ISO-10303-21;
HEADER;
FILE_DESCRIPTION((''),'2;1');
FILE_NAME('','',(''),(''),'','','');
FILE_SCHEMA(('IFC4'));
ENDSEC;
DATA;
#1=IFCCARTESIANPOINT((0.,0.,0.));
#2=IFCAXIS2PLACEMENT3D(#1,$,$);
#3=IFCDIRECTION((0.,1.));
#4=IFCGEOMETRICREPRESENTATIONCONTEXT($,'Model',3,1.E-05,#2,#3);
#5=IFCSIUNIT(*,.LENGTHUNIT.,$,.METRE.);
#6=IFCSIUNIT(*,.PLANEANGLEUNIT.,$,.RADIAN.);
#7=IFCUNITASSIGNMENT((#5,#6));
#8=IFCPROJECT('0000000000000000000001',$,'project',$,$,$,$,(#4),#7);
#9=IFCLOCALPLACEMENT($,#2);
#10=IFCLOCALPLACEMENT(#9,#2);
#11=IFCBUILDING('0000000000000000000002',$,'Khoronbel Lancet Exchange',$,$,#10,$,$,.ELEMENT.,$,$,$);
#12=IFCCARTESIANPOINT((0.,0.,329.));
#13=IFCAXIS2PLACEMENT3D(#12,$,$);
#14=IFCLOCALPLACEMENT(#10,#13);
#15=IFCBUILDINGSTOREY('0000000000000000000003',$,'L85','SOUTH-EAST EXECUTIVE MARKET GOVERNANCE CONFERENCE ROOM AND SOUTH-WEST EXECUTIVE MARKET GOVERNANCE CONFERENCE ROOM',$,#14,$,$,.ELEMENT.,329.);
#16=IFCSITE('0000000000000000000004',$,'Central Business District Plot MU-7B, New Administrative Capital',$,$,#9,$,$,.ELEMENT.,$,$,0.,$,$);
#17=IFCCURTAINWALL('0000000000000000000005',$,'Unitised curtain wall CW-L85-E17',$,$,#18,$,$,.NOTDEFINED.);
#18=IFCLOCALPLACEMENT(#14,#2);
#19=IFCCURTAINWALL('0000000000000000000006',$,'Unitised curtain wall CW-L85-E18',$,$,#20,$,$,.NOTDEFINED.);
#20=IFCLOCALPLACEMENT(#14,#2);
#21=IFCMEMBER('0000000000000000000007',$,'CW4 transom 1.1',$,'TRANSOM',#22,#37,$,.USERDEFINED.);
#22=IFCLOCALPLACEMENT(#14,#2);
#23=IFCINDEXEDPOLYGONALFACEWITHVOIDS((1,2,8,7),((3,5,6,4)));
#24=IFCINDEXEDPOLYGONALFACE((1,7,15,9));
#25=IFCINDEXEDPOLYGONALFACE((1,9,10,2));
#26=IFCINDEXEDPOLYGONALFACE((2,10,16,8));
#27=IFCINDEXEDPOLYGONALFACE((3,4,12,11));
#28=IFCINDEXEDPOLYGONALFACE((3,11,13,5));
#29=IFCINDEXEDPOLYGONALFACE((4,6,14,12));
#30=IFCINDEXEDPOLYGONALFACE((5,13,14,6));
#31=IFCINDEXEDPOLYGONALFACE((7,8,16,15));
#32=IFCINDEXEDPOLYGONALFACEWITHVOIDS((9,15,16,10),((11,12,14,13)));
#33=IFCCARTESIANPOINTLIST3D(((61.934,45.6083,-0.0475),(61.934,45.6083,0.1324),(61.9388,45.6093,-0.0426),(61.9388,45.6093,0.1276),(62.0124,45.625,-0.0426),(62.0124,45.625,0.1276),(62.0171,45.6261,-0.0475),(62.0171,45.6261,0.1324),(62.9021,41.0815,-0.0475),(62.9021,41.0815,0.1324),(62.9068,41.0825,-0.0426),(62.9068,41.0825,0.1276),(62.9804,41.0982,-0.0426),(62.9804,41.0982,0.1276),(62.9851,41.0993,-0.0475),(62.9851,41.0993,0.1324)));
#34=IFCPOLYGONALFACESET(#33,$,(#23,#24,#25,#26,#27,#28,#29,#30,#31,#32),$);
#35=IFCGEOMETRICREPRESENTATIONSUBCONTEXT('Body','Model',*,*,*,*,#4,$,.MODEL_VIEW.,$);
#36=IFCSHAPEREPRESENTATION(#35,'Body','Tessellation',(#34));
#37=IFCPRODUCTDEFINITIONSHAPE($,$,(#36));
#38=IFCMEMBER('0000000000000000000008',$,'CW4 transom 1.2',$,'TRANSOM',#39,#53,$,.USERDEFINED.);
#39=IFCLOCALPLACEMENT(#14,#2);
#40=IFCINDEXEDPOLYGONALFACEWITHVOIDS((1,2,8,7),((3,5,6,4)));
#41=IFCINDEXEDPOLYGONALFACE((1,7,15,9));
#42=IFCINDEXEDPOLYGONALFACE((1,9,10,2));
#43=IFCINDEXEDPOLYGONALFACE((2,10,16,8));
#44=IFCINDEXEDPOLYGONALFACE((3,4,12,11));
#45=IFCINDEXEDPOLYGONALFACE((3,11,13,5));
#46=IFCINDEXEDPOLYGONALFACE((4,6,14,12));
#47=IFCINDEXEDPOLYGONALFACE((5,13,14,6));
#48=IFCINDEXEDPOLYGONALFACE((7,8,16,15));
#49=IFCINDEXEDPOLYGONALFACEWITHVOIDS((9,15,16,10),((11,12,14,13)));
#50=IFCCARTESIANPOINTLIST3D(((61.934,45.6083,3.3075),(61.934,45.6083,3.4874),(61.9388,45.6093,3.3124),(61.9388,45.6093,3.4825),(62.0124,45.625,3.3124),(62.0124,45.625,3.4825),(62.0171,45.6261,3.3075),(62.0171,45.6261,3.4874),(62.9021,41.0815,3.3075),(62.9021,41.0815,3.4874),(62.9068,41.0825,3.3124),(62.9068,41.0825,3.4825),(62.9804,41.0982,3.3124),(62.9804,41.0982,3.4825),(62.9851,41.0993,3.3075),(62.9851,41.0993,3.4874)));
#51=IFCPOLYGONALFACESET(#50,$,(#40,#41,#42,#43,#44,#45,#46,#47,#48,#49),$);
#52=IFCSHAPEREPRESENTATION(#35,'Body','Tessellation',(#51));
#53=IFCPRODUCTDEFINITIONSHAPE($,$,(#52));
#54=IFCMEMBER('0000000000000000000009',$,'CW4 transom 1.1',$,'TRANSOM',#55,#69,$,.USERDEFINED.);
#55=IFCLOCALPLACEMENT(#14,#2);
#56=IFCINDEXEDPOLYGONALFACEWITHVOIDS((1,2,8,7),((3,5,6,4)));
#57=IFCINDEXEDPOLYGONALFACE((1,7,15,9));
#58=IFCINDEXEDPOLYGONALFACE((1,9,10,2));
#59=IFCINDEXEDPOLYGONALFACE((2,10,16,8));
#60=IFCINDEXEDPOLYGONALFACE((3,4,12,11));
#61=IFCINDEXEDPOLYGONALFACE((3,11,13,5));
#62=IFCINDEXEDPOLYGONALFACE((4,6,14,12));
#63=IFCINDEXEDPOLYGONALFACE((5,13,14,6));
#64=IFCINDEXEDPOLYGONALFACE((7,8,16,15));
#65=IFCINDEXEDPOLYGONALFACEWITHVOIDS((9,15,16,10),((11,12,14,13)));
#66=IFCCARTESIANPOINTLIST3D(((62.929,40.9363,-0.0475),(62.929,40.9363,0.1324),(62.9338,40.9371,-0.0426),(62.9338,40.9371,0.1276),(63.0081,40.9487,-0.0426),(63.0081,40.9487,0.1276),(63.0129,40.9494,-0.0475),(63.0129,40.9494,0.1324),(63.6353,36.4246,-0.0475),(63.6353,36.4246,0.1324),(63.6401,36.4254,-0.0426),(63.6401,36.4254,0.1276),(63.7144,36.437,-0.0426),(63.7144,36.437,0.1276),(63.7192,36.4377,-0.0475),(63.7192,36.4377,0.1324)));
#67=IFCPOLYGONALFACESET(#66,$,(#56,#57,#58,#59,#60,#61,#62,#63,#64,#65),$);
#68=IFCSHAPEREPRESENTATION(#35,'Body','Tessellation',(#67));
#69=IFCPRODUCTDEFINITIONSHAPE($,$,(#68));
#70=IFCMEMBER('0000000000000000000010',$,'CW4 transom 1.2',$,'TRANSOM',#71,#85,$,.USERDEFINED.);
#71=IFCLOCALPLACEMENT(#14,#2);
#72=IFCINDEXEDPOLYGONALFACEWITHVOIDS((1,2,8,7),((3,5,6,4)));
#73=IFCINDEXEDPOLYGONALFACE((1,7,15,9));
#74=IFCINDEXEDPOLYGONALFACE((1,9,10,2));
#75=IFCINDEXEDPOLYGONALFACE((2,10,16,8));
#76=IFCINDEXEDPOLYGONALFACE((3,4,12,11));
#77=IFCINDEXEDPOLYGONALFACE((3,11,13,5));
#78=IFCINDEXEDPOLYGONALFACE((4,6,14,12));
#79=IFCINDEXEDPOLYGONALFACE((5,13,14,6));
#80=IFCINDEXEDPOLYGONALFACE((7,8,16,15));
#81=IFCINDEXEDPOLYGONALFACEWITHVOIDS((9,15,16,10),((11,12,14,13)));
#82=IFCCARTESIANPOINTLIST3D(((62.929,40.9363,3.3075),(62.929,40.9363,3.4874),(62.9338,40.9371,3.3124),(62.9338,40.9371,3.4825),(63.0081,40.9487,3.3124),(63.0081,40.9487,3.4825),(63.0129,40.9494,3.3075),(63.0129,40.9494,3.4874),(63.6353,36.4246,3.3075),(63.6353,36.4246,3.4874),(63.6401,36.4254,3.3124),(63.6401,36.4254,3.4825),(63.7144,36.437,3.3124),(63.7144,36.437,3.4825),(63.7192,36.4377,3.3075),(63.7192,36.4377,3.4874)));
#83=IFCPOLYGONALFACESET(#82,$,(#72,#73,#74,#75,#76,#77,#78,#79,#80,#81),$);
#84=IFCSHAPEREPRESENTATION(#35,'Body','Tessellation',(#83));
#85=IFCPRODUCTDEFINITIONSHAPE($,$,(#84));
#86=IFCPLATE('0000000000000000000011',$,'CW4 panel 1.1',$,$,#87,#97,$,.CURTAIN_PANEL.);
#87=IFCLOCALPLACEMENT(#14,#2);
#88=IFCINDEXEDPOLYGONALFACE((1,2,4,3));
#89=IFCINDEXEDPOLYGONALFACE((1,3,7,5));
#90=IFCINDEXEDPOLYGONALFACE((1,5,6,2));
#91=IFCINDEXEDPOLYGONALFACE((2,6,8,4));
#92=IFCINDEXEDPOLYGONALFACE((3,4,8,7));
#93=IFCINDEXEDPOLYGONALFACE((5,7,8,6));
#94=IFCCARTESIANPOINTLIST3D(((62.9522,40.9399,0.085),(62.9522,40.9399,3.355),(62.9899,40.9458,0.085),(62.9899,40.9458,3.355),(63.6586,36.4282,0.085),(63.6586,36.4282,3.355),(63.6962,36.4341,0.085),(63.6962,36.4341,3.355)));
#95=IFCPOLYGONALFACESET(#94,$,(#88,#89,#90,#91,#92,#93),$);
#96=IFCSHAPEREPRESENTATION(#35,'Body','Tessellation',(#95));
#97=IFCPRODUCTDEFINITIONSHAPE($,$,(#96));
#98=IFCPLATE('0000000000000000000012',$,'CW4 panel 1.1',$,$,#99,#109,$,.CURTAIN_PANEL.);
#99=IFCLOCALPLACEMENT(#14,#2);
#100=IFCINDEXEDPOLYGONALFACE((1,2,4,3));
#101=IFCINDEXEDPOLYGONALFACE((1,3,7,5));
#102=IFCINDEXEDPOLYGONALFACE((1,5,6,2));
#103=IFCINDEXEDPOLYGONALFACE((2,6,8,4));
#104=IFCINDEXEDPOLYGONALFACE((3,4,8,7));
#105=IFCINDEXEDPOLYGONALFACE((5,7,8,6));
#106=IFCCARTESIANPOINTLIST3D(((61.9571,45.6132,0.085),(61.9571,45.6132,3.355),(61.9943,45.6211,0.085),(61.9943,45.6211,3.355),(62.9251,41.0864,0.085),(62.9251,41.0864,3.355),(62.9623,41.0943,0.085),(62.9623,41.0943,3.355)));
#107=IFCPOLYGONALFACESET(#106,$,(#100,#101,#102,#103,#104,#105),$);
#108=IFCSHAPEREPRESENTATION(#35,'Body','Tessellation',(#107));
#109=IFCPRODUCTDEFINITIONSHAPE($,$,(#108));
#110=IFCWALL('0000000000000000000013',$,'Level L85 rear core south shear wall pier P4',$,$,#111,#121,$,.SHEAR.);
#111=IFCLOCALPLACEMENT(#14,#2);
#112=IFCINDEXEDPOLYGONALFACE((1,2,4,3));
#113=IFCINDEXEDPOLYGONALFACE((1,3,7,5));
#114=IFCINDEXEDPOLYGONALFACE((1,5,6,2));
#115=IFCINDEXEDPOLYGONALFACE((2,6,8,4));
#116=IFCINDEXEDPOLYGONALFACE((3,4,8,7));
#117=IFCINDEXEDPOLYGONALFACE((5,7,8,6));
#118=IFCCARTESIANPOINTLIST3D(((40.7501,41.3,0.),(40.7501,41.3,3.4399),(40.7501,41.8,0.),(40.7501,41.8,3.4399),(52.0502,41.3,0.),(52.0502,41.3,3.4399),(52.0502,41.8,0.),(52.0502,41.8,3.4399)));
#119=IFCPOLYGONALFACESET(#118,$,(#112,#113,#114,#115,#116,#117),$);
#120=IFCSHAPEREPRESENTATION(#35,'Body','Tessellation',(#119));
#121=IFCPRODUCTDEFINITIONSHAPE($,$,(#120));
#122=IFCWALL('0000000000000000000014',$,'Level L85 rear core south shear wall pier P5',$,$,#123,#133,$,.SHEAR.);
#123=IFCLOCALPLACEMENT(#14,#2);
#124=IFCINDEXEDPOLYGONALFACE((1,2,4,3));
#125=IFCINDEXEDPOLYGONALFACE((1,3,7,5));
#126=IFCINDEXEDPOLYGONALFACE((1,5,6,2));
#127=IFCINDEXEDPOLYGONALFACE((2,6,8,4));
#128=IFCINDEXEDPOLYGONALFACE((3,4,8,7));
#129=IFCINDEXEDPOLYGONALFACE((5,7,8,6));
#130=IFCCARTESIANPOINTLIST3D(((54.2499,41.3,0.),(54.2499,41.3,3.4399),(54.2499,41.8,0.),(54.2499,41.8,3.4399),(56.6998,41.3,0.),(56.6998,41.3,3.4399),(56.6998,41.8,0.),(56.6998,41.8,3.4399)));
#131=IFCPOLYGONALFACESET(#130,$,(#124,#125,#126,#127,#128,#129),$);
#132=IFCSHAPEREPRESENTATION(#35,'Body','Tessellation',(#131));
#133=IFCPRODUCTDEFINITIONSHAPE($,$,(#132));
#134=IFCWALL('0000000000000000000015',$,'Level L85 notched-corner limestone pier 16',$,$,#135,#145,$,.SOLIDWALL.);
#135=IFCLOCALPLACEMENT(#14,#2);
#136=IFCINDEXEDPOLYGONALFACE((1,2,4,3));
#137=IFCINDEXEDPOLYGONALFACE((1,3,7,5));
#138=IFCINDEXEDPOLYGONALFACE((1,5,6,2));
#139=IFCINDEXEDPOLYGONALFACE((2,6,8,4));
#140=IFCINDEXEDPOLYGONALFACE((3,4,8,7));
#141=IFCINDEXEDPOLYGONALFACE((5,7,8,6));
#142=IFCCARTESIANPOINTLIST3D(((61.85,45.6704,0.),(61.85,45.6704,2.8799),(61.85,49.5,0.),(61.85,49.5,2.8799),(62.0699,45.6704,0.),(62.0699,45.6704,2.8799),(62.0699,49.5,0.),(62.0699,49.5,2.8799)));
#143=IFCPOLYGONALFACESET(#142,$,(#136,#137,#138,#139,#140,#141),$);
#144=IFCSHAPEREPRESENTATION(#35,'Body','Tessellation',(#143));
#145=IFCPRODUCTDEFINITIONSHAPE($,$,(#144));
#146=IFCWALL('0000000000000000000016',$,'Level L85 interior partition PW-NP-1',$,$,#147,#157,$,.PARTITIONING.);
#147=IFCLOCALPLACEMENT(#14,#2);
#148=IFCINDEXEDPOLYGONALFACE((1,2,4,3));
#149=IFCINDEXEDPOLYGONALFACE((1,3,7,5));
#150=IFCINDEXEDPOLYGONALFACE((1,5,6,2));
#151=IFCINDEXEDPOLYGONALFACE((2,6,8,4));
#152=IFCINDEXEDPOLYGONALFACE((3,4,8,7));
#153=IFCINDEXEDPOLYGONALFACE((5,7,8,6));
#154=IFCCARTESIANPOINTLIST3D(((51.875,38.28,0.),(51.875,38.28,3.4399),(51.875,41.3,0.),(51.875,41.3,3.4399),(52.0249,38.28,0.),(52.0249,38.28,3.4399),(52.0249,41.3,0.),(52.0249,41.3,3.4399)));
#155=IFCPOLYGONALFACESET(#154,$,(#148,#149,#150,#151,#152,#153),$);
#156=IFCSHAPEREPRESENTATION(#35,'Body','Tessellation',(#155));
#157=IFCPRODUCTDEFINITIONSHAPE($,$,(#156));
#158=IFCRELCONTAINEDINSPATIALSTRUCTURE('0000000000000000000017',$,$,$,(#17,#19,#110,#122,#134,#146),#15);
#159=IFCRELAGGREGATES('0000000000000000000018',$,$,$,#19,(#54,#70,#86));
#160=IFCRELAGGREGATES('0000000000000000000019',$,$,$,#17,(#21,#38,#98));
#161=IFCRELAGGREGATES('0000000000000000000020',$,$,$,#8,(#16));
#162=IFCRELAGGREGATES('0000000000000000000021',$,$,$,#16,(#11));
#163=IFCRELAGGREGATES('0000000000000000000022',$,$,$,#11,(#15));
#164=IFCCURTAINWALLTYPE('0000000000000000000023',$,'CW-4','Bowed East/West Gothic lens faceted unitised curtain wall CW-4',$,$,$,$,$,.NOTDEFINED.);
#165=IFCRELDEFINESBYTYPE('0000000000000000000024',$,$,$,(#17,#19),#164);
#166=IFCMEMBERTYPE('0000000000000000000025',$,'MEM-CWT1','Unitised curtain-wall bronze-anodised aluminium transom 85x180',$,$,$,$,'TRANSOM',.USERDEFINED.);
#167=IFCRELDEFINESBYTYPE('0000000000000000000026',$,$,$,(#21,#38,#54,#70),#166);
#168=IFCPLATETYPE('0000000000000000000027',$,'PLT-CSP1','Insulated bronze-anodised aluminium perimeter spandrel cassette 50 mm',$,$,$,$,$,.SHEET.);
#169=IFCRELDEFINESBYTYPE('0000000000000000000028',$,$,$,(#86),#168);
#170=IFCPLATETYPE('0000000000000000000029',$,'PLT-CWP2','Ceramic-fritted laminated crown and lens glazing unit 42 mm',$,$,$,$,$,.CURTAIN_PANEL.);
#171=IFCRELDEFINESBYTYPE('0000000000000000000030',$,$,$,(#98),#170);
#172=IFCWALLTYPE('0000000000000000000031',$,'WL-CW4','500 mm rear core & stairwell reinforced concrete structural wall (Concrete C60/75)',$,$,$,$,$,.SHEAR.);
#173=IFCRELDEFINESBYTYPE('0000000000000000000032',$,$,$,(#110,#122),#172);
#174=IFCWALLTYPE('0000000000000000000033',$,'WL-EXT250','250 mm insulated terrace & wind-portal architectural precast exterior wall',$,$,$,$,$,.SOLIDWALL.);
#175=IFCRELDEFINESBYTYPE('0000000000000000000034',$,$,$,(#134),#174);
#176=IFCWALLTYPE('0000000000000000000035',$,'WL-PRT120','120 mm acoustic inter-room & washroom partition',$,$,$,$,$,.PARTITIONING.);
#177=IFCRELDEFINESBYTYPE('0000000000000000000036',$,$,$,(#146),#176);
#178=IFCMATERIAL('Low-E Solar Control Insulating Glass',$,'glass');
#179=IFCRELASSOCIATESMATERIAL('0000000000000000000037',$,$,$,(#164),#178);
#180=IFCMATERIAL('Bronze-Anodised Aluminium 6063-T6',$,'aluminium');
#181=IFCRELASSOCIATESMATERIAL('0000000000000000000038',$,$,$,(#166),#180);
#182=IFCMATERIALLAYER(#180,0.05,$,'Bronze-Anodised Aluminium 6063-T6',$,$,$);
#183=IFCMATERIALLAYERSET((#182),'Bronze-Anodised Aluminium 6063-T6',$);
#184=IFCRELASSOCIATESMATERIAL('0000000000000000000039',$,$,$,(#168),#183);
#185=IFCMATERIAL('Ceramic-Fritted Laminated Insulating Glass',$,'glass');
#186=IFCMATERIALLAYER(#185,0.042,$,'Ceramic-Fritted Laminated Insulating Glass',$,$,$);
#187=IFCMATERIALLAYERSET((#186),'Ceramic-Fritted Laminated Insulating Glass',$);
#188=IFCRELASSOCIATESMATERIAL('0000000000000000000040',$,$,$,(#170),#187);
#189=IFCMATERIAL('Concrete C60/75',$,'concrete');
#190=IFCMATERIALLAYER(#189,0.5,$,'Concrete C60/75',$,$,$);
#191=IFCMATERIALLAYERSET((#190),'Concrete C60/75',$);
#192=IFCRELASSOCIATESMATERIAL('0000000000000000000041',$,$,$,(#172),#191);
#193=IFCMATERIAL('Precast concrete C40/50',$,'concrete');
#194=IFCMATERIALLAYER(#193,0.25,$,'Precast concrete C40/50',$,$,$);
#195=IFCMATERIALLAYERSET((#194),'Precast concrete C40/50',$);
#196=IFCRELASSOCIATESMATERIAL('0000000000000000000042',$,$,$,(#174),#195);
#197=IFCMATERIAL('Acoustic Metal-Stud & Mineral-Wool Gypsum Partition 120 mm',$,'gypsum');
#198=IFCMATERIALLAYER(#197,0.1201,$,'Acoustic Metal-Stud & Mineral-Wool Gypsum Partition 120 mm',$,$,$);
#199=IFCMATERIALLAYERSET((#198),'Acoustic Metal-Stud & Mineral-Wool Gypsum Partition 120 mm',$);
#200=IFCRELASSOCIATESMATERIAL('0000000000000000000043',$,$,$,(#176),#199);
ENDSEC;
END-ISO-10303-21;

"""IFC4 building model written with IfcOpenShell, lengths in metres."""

from ifc_helpers import new_model, si_unit, direction, frame, frame_2d, origin, origin_2d, place, context, subcontext, project, spatial, rectangle, hollow_rectangle, extrude, material, layer, layer_set, material_profile, profile_set, type_object, element, aggregate, save


model = new_model("IFC4")

# Units and contexts
model_context = context("Model", 3, precision=1e-05, world=origin(), true_north=direction((0.0, 1.0)))
body_context = subcontext(model_context, "Body", "Model", "MODEL_VIEW")
ifc_project = project(units=[si_unit("LENGTHUNIT", "METRE"), si_unit("PLANEANGLEUNIT", "RADIAN")], contexts=[model_context])

# Site, building, storey
site_placement = place(None, origin())
site = spatial("IfcSite", under=ifc_project, at=site_placement, Name="Central Business District Plot MU-7B, New Administrative Capital", CompositionType="ELEMENT", RefElevation=0.0)
building_placement = place(site_placement, origin())
building = spatial("IfcBuilding", under=site, at=building_placement, Name="Khoronbel Lancet Exchange", CompositionType="ELEMENT")
storey_placement = place(building_placement, frame((0.0, 0.0, 329.0)))
storey = spatial("IfcBuildingStorey", under=building, at=storey_placement, Name="L85", Description="SOUTH-EAST EXECUTIVE MARKET GOVERNANCE CONFERENCE ROOM AND SOUTH-WEST EXECUTIVE MARKET GOVERNANCE CONFERENCE ROOM", CompositionType="ELEMENT", Elevation=329.0)

# Shared definitions
ifc_material_1 = material(Name="Concrete C60/75", Category="concrete")

# Curtain wall
ifc_material_2 = material(Name="Low-E Solar Control Insulating Glass", Category="glass")
curtain_wall_type = type_object("IfcCurtainWallType", Name="CW-4", Description="Bowed East/West Gothic lens faceted unitised curtain wall CW-4", PredefinedType="NOTDEFINED", material=ifc_material_2)
curtain_wall_1_placement = place(storey_placement, origin())
curtain_wall_1 = element("IfcCurtainWall", 1, at=curtain_wall_1_placement, inside=storey, type_object=curtain_wall_type, Name="Unitised curtain wall CW-L85-E17", PredefinedType="NOTDEFINED")
ifc_material_3 = material(Name="Bronze-Anodised Aluminium 6063-T6", Category="aluminium")

# Curtain wall
curtain_wall_2_placement = place(storey_placement, origin())
curtain_wall_2 = element("IfcCurtainWall", 2, at=curtain_wall_2_placement, inside=storey, type_object=curtain_wall_type, Name="Unitised curtain wall CW-L85-E18", PredefinedType="NOTDEFINED")

# Members
ifc_material_profile_1 = material_profile(ifc_material_3, hollow_rectangle(XDim=0.085, YDim=0.1799, WallThickness=0.0049, at=origin_2d()), Name="ALU TRANSOM 85x180")
ifc_profile_set_1 = profile_set([ifc_material_profile_1], Name="Bronze-Anodised Aluminium 6063-T6")
member_type_1 = type_object("IfcMemberType", Name="MEM-CWT1", Description="Unitised curtain-wall bronze-anodised aluminium transom 85x180", ElementType="TRANSOM", PredefinedType="USERDEFINED", material=ifc_profile_set_1)
member_1_placement = place(storey_placement, frame((61.9756, 45.6172, 0.0425), z_axis=(0.209111, -0.977892, 0.0), x_axis=(0.977892, 0.209111, 0.0)))
member_1 = element("IfcMember", 3, at=member_1_placement, type_object=member_type_1, Name="CW4 transom 1.1", ObjectType="TRANSOM", PredefinedType="USERDEFINED", context=body_context, shape_type="SweptSolid", body=[
    extrude(hollow_rectangle(XDim=0.085, YDim=0.1799, WallThickness=0.0049, at=origin_2d()), origin(), (0.0, 0.0, 1.0), 4.6292),
])
member_2_placement = place(storey_placement, frame((61.9756, 45.6172, 3.3975), z_axis=(0.209111, -0.977892, 0.0), x_axis=(0.977892, 0.209111, 0.0)))
member_2 = element("IfcMember", 4, at=member_2_placement, type_object=member_type_1, Name="CW4 transom 1.2", ObjectType="TRANSOM", PredefinedType="USERDEFINED", context=body_context, shape_type="SweptSolid", body=[
    extrude(hollow_rectangle(XDim=0.085, YDim=0.1799, WallThickness=0.0049, at=origin_2d()), origin(), (0.0, 0.0, 1.0), 4.6292),
])
member_3_placement = place(storey_placement, frame((62.9709, 40.9429, 0.0425), z_axis=(0.154664, -0.987967, 0.0), x_axis=(0.987967, 0.154664, 0.0)))
member_3 = element("IfcMember", 5, at=member_3_placement, type_object=member_type_1, Name="CW4 transom 1.1", ObjectType="TRANSOM", PredefinedType="USERDEFINED", context=body_context, shape_type="SweptSolid", body=[
    extrude(hollow_rectangle(XDim=0.085, YDim=0.1799, WallThickness=0.0049, at=origin_2d()), origin(), (0.0, 0.0, 1.0), 4.5667),
])
member_4_placement = place(storey_placement, frame((62.9709, 40.9429, 3.3975), z_axis=(0.154664, -0.987967, 0.0), x_axis=(0.987967, 0.154664, 0.0)))
member_4 = element("IfcMember", 6, at=member_4_placement, type_object=member_type_1, Name="CW4 transom 1.2", ObjectType="TRANSOM", PredefinedType="USERDEFINED", context=body_context, shape_type="SweptSolid", body=[
    extrude(hollow_rectangle(XDim=0.085, YDim=0.1799, WallThickness=0.0049, at=origin_2d()), origin(), (0.0, 0.0, 1.0), 4.5667),
])

# Plates
ifc_layer_1 = layer(ifc_material_3, 0.05, Name="Bronze-Anodised Aluminium 6063-T6")
ifc_layer_set_1 = layer_set([ifc_layer_1], Name="Bronze-Anodised Aluminium 6063-T6")
plate_type_1 = type_object("IfcPlateType", Name="PLT-CSP1", Description="Insulated bronze-anodised aluminium perimeter spandrel cassette 50 mm", PredefinedType="SHEET", material=ifc_layer_set_1)
plate_1_placement = place(storey_placement, frame((63.3242, 38.687, 0.085), z_axis=(0.0, 0.0, 1.0), x_axis=(0.154668, -0.987967, 0.0)))
plate_1 = element("IfcPlate", 7, at=plate_1_placement, type_object=plate_type_1, Name="CW4 panel 1.1", PredefinedType="CURTAIN_PANEL", context=body_context, shape_type="SweptSolid", body=[
    extrude(rectangle(XDim=4.5667, YDim=0.0381, at=origin_2d()), origin(), (0.0, 0.0, 1.0), 3.27),
])
aggregate(curtain_wall_2, [member_3, member_4, plate_1])
ifc_material_4 = material(Name="Ceramic-Fritted Laminated Insulating Glass", Category="glass")
ifc_layer_2 = layer(ifc_material_4, 0.042, Name="Ceramic-Fritted Laminated Insulating Glass")
ifc_layer_set_2 = layer_set([ifc_layer_2], Name="Ceramic-Fritted Laminated Insulating Glass")
plate_type_2 = type_object("IfcPlateType", Name="PLT-CWP2", Description="Ceramic-fritted laminated crown and lens glazing unit 42 mm", PredefinedType="CURTAIN_PANEL", material=ifc_layer_set_2)
plate_2_placement = place(storey_placement, frame((62.4597, 43.3538, 0.085), z_axis=(0.0, 0.0, 1.0), x_axis=(0.209112, -0.977892, 0.0)))
plate_2 = element("IfcPlate", 8, at=plate_2_placement, type_object=plate_type_2, Name="CW4 panel 1.1", PredefinedType="CURTAIN_PANEL", context=body_context, shape_type="SweptSolid", body=[
    extrude(rectangle(XDim=4.6292, YDim=0.0381, at=origin_2d()), origin(), (0.0, 0.0, 1.0), 3.27),
])
aggregate(curtain_wall_1, [member_1, member_2, plate_2])

# Walls
ifc_layer_3 = layer(ifc_material_1, 0.5, Name="Concrete C60/75")
ifc_layer_set_3 = layer_set([ifc_layer_3], Name="Concrete C60/75")
wall_type_1 = type_object("IfcWallType", Name="WL-CW4", Description="500 mm rear core & stairwell reinforced concrete structural wall (Concrete C60/75)", PredefinedType="SHEAR", material=ifc_layer_set_3)
wall_1_placement = place(storey_placement, frame((52.05, 41.55, 0.0), z_axis=(0.0, 0.0, 1.0), x_axis=(-1.0, 0.0, 0.0)))
element("IfcWall", 9, at=wall_1_placement, inside=storey, type_object=wall_type_1, Name="Level L85 rear core south shear wall pier P4", PredefinedType="SHEAR", context=body_context, shape_type="SweptSolid", body=[
    extrude(rectangle(XDim=11.3, YDim=0.5, at=frame_2d((5.6499, 0.0))), origin(), (0.0, 0.0, 1.0), 3.4399),
])
wall_2_placement = place(storey_placement, frame((56.7, 41.55, 0.0), z_axis=(0.0, 0.0, 1.0), x_axis=(-1.0, 0.0, 0.0)))
element("IfcWall", 10, at=wall_2_placement, inside=storey, type_object=wall_type_1, Name="Level L85 rear core south shear wall pier P5", PredefinedType="SHEAR", context=body_context, shape_type="SweptSolid", body=[
    extrude(rectangle(XDim=2.45, YDim=0.5, at=frame_2d((1.2251, 0.0))), origin(), (0.0, 0.0, 1.0), 3.4399),
])
ifc_material_5 = material(Name="Precast concrete C40/50", Category="concrete")
ifc_layer_4 = layer(ifc_material_5, 0.25, Name="Precast concrete C40/50")
ifc_layer_set_4 = layer_set([ifc_layer_4], Name="Precast concrete C40/50")
wall_type_2 = type_object("IfcWallType", Name="WL-EXT250", Description="250 mm insulated terrace & wind-portal architectural precast exterior wall", PredefinedType="SOLIDWALL", material=ifc_layer_set_4)
wall_3_placement = place(storey_placement, frame((61.96, 49.5, 0.0), z_axis=(0.0, 0.0, 1.0), x_axis=(0.0, -1.0, 0.0)))
element("IfcWall", 11, at=wall_3_placement, inside=storey, type_object=wall_type_2, Name="Level L85 notched-corner limestone pier 16", PredefinedType="SOLIDWALL", context=body_context, shape_type="SweptSolid", body=[
    extrude(rectangle(XDim=3.8296, YDim=0.22, at=frame_2d((1.9148, 0.0))), origin(), (0.0, 0.0, 1.0), 2.8799),
])
ifc_material_6 = material(Name="Acoustic Metal-Stud & Mineral-Wool Gypsum Partition 120 mm", Category="gypsum")
ifc_layer_5 = layer(ifc_material_6, 0.1201, Name="Acoustic Metal-Stud & Mineral-Wool Gypsum Partition 120 mm")
ifc_layer_set_5 = layer_set([ifc_layer_5], Name="Acoustic Metal-Stud & Mineral-Wool Gypsum Partition 120 mm")
wall_type_3 = type_object("IfcWallType", Name="WL-PRT120", Description="120 mm acoustic inter-room & washroom partition", PredefinedType="PARTITIONING", material=ifc_layer_set_5)
wall_4_placement = place(storey_placement, frame((51.95, 38.28, 0.0), z_axis=(0.0, 0.0, 1.0), x_axis=(0.0, 1.0, 0.0)))
element("IfcWall", 12, at=wall_4_placement, inside=storey, type_object=wall_type_3, Name="Level L85 interior partition PW-NP-1", PredefinedType="PARTITIONING", context=body_context, shape_type="SweptSolid", body=[
    extrude(rectangle(XDim=3.02, YDim=0.1499, at=frame_2d((1.51, 0.0))), origin(), (0.0, 0.0, 1.0), 3.4399),
])

save(model, "model.ifc")
